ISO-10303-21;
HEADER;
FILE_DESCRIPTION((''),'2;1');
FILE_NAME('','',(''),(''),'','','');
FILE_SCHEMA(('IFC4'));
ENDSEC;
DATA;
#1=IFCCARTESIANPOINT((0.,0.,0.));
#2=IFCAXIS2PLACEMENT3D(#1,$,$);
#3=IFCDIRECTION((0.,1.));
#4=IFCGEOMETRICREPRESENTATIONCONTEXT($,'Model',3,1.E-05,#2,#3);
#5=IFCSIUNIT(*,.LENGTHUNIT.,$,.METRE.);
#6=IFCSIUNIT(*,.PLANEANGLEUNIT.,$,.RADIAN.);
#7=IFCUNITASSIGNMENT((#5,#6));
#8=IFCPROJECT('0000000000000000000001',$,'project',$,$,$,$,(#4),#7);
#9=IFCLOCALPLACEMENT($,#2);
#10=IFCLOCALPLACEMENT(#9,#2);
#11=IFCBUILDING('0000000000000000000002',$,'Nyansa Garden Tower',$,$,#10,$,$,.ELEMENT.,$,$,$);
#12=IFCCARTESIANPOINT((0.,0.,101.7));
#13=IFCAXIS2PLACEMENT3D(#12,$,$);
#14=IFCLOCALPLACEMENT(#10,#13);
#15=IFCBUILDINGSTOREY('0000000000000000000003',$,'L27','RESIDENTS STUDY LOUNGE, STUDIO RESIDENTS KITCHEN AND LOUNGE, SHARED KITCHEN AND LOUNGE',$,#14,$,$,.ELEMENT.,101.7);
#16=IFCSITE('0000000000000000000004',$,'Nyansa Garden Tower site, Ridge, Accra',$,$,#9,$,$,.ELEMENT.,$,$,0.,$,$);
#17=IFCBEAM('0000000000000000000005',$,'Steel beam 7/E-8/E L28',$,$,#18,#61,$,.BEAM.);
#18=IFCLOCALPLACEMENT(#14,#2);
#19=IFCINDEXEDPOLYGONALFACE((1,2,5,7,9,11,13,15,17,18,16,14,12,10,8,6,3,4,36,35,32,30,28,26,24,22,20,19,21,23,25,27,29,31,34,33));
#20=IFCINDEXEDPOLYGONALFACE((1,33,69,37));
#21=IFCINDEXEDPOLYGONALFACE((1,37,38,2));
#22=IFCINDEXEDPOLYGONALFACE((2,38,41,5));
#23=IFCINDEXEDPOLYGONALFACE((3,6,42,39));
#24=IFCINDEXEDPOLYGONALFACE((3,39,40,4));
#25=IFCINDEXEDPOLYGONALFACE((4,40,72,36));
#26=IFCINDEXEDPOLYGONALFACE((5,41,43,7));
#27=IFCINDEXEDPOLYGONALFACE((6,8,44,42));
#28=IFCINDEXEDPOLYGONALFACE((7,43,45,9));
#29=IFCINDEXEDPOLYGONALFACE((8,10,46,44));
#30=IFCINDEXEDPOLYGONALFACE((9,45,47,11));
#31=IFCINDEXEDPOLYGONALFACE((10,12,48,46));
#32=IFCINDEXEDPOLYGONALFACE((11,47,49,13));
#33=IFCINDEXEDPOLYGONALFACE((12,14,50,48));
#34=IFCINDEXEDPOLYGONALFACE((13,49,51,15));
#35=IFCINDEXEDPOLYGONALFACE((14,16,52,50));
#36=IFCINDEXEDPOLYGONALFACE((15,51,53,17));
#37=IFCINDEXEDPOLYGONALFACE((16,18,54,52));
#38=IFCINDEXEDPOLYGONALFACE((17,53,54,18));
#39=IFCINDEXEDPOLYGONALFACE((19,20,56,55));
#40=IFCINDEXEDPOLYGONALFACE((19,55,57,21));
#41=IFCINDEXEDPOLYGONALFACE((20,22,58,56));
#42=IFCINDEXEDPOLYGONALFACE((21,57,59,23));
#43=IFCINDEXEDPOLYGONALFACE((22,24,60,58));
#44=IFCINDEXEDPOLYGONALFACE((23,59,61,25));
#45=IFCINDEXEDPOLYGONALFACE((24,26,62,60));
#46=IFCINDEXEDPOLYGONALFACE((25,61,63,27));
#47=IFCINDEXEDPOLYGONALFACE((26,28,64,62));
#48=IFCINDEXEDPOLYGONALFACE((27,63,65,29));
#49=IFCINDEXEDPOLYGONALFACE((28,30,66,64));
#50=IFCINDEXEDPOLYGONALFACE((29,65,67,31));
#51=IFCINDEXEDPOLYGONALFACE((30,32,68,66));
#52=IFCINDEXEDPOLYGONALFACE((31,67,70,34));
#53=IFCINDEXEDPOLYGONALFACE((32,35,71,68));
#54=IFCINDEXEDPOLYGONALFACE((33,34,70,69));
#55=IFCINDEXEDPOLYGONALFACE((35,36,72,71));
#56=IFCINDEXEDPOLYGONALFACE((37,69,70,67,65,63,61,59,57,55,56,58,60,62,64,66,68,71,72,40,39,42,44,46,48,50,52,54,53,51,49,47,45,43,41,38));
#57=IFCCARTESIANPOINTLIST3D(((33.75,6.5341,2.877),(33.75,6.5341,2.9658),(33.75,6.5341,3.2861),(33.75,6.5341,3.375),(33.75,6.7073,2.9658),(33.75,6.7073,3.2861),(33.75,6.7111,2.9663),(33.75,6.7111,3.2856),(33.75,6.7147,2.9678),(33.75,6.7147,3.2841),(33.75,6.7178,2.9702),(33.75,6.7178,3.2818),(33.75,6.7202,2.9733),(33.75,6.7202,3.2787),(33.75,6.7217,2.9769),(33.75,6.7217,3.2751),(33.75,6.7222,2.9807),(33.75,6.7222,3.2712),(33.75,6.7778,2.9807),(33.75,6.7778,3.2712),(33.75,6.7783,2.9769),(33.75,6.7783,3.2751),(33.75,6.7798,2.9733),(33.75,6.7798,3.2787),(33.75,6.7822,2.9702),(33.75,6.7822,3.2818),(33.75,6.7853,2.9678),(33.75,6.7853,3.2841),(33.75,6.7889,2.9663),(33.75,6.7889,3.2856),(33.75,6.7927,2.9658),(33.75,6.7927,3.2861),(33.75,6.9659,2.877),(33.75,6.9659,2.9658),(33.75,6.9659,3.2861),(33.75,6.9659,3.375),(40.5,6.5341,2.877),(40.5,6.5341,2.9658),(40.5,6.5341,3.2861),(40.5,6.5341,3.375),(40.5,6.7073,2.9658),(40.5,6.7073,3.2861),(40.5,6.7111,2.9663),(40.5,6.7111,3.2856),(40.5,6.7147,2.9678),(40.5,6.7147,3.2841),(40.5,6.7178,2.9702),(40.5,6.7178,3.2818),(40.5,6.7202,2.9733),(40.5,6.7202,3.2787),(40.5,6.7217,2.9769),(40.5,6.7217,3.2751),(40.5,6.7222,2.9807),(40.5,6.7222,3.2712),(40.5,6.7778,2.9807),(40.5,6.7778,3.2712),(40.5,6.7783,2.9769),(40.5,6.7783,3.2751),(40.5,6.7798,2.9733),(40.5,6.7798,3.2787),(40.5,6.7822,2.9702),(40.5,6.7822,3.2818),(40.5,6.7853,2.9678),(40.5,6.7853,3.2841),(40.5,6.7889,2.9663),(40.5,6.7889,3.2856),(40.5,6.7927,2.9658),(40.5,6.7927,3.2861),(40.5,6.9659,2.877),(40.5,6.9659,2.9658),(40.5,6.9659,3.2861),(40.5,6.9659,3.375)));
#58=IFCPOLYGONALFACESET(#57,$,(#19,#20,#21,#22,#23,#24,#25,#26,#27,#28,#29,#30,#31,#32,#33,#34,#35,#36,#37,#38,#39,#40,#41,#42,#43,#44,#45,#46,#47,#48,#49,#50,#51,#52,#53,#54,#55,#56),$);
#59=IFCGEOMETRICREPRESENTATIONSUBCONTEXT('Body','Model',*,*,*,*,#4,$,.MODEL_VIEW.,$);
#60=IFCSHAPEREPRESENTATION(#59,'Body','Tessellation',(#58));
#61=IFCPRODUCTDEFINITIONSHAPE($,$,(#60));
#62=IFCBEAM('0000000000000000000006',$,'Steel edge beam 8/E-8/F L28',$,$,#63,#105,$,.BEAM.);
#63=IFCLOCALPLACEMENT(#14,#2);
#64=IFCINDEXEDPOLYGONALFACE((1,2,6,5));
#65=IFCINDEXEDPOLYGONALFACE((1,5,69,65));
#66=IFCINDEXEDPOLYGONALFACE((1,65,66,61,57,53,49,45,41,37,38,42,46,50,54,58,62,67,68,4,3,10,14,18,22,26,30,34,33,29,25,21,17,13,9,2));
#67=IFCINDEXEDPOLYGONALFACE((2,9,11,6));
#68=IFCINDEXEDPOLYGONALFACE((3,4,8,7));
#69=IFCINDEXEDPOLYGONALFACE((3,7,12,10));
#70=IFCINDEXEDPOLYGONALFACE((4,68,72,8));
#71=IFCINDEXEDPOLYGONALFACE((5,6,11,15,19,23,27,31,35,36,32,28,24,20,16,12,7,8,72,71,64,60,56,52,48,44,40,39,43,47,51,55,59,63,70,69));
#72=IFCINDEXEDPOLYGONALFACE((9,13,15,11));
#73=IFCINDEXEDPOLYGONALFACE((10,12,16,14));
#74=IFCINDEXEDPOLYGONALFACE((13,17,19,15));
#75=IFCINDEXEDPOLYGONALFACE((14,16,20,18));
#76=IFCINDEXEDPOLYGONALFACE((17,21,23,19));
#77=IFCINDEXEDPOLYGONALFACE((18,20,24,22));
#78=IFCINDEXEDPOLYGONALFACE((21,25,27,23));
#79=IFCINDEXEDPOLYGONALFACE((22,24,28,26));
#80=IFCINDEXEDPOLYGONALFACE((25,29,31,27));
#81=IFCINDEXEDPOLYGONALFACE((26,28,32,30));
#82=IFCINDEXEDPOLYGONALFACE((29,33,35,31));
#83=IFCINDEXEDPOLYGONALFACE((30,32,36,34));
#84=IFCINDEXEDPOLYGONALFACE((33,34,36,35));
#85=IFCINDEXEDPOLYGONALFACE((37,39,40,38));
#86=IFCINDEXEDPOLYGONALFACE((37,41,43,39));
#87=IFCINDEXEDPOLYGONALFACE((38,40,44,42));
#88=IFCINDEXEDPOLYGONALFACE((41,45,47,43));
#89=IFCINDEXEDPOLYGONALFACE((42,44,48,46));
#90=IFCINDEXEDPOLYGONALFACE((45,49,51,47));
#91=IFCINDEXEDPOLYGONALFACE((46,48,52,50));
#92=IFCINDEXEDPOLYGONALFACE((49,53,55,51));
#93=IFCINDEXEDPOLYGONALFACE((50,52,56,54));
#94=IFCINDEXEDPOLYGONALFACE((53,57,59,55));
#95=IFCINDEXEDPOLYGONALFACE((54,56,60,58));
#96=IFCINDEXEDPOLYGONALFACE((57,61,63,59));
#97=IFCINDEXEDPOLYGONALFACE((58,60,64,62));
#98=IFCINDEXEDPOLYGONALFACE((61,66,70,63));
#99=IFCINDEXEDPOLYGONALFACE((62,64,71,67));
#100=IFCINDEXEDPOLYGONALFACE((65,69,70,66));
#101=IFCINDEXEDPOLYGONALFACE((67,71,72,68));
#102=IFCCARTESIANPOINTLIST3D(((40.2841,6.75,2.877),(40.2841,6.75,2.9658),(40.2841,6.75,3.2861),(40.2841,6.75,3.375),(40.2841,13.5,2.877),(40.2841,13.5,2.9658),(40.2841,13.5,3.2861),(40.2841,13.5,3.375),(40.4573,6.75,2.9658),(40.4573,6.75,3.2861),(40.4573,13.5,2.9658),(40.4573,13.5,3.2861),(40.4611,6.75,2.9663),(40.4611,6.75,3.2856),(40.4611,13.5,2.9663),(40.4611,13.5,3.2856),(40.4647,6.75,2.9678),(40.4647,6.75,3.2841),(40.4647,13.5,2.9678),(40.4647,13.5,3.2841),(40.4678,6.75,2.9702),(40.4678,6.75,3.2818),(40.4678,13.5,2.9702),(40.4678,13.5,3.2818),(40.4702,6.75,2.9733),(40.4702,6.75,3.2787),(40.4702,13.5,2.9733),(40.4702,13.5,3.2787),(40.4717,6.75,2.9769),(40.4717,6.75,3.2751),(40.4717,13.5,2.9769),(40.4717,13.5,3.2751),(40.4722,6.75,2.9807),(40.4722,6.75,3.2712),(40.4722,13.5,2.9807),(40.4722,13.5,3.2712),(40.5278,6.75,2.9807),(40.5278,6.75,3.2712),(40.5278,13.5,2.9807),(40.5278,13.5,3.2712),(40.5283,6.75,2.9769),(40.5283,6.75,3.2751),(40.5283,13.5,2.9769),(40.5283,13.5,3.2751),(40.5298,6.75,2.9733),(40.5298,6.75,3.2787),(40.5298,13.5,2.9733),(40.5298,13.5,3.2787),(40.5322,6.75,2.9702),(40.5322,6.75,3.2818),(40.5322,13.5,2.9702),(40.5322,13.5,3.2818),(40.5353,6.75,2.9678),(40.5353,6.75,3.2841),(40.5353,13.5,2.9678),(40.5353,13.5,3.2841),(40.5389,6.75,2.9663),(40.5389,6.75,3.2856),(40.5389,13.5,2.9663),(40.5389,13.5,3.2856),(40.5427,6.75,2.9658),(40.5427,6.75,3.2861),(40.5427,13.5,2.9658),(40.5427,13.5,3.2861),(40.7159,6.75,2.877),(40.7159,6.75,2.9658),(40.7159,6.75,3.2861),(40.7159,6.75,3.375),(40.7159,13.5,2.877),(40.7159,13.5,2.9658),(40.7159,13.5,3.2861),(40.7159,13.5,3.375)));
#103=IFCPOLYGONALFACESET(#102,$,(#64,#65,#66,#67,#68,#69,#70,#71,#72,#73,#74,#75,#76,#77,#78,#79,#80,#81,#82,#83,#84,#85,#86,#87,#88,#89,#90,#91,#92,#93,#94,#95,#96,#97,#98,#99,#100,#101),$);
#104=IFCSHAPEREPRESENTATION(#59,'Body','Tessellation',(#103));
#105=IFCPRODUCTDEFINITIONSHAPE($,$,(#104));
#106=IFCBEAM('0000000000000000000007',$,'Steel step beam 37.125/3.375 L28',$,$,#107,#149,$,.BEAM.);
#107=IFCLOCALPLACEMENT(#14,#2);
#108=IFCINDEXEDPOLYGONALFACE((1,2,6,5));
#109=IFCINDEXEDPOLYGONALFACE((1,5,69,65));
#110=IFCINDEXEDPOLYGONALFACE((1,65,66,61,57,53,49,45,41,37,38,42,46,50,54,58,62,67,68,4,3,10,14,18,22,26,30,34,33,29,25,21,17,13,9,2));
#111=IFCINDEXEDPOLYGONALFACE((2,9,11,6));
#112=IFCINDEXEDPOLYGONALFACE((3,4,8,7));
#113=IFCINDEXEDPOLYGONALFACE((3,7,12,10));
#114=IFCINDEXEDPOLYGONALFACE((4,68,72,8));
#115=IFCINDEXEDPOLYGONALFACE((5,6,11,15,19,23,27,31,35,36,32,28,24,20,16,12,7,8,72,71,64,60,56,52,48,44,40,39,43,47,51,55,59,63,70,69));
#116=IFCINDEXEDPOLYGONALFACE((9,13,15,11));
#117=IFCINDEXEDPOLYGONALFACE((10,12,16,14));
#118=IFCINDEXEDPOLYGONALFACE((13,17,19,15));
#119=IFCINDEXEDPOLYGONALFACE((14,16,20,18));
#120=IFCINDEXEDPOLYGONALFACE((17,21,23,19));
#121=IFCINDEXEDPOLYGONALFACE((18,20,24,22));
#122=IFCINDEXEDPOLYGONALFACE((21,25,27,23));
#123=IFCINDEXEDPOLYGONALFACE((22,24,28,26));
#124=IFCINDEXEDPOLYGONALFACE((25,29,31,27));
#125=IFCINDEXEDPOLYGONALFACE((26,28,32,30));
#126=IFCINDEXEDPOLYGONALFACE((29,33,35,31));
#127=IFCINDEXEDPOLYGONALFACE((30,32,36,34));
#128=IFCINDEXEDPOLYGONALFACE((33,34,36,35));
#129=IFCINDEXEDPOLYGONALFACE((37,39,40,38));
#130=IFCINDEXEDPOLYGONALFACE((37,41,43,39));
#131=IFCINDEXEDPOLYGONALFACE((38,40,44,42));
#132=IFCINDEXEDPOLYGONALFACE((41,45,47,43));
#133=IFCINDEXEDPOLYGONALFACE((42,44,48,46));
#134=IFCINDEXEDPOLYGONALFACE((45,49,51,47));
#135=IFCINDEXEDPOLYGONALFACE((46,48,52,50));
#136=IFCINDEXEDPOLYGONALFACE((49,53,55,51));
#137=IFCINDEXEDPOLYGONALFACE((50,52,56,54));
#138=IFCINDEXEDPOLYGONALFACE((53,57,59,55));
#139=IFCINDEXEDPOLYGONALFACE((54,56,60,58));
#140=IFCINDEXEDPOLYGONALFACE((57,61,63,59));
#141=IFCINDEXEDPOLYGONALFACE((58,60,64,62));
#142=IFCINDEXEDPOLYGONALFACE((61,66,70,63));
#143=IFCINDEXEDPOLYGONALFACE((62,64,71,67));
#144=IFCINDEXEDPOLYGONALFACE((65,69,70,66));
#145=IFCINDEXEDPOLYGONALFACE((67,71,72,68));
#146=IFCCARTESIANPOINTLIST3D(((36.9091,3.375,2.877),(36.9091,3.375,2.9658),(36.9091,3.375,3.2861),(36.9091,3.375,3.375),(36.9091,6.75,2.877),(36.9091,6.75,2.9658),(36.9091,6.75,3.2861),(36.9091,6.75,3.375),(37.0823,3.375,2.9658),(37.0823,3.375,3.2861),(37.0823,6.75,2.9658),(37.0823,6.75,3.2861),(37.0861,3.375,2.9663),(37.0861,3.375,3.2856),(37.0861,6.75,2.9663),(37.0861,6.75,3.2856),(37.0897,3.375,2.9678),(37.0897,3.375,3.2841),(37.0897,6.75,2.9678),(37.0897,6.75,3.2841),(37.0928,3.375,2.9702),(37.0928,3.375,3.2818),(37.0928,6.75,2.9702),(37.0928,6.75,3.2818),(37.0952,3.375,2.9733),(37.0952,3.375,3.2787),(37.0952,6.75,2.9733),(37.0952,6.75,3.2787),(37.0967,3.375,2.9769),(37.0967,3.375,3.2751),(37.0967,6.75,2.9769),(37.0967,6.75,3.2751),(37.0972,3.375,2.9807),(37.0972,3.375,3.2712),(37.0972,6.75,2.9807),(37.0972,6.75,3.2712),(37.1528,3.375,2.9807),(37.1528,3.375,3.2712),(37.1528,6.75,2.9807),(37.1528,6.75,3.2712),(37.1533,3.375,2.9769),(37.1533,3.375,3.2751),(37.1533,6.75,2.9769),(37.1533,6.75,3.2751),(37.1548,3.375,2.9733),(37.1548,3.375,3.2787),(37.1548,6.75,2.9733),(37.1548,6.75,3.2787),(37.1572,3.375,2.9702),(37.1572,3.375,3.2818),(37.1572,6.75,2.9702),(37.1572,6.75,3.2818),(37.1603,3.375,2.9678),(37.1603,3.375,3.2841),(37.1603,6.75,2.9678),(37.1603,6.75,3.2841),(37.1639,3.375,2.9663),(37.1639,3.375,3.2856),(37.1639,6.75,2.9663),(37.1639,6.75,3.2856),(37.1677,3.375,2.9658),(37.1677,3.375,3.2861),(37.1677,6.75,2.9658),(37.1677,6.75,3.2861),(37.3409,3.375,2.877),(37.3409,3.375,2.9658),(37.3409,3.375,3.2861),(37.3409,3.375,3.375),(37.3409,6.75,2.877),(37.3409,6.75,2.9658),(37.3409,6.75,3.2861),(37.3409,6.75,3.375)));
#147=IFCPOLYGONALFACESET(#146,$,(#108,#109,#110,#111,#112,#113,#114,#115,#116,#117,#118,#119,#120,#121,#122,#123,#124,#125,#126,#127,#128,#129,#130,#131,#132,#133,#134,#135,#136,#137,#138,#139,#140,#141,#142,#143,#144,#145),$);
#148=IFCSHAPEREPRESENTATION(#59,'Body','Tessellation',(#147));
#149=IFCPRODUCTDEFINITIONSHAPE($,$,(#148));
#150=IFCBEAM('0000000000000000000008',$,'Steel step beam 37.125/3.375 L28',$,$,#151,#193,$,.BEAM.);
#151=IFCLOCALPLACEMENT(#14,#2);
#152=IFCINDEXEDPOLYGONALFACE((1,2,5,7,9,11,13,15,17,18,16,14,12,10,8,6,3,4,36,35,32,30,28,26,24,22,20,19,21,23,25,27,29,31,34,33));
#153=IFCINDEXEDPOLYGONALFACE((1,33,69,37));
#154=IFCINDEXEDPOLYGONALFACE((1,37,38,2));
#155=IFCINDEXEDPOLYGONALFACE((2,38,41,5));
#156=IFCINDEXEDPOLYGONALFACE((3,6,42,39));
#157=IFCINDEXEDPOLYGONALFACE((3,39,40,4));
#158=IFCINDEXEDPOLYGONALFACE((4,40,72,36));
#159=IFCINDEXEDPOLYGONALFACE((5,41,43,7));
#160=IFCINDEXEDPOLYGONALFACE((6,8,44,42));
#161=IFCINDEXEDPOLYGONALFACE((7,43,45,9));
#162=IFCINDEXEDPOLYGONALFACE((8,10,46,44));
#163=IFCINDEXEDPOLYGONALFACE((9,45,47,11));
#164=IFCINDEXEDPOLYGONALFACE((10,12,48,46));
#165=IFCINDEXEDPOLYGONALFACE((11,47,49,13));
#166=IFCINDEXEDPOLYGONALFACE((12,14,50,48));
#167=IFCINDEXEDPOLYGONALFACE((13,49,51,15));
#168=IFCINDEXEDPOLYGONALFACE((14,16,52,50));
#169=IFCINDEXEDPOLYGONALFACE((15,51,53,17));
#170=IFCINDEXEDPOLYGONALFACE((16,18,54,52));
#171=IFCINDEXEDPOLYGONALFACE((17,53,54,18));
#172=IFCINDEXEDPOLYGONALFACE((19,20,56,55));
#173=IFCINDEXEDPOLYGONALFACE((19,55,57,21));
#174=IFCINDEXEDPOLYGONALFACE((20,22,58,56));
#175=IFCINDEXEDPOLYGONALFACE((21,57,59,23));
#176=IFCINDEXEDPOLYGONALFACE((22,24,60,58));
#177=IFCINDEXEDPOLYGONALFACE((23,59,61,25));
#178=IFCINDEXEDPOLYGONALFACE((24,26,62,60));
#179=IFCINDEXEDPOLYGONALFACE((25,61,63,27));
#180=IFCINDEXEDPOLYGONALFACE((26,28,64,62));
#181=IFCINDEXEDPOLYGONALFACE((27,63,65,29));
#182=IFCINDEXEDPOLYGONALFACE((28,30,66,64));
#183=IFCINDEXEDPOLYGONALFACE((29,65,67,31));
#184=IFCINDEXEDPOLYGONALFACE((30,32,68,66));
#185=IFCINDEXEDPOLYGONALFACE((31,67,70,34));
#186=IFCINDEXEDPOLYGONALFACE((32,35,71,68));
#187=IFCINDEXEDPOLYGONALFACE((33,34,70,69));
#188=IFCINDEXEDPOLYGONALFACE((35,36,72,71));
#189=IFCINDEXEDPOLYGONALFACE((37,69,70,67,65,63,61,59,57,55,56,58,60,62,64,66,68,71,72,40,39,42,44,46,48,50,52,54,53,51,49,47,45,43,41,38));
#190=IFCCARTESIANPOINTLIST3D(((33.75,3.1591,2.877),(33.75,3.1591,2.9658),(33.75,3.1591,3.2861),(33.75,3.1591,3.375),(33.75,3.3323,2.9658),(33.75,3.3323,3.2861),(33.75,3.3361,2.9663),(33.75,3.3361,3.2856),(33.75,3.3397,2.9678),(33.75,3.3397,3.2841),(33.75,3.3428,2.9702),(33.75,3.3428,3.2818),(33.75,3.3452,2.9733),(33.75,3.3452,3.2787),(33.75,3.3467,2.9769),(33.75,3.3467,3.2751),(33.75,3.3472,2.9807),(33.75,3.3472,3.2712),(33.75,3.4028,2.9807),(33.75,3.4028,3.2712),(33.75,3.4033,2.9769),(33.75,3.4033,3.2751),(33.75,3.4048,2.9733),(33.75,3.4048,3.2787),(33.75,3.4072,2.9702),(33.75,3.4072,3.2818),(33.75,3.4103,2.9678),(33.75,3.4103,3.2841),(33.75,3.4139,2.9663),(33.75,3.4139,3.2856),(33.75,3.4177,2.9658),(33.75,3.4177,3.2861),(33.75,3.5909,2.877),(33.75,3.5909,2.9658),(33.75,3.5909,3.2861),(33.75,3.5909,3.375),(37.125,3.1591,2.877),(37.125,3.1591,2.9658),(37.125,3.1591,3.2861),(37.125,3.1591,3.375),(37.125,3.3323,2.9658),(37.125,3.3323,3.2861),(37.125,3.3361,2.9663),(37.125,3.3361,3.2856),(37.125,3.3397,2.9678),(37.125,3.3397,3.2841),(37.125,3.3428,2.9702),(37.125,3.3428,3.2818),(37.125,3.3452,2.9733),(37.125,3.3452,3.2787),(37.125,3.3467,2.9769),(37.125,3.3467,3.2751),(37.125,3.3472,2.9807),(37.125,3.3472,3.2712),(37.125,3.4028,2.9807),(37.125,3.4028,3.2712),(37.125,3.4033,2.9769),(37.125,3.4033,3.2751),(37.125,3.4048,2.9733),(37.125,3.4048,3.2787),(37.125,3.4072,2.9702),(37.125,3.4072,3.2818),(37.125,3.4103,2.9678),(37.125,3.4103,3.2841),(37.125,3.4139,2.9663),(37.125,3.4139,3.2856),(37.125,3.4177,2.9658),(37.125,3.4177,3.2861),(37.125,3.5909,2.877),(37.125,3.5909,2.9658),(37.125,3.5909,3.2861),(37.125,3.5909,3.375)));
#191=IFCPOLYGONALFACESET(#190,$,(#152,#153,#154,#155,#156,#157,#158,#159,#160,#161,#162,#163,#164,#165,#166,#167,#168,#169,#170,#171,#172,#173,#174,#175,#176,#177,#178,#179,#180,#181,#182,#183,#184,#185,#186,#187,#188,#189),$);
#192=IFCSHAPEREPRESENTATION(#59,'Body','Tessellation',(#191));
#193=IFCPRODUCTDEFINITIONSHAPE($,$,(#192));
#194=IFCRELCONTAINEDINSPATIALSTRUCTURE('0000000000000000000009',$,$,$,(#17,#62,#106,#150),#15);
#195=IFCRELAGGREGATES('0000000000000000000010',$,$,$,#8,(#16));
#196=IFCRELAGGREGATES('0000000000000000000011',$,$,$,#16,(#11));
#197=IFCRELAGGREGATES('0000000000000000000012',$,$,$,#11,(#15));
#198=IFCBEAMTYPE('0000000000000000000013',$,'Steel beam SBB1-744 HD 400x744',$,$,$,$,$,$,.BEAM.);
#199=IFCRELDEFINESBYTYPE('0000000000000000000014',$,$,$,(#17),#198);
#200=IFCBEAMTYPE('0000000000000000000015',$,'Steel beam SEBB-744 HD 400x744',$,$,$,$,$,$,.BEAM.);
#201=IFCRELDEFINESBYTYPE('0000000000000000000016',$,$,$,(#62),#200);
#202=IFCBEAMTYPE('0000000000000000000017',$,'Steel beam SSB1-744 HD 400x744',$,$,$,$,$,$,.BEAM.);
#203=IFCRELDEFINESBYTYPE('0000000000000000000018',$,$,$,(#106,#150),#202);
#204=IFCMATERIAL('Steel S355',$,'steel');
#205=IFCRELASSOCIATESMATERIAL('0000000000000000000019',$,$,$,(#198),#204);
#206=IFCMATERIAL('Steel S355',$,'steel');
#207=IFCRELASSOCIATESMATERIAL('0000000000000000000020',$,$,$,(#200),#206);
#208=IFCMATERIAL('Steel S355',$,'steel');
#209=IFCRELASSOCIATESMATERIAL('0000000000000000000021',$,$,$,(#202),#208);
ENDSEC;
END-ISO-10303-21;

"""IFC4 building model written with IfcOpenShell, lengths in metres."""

from ifc_helpers import new_model, si_unit, direction, frame, origin, origin_2d, place, context, subcontext, project, spatial, i_section, extrude, material, material_profile, profile_set, type_object, element, save


model = new_model("IFC4")

# Units and contexts
model_context = context("Model", 3, precision=1e-05, world=origin(), true_north=direction((0.0, 1.0)))
body_context = subcontext(model_context, "Body", "Model", "MODEL_VIEW")
ifc_project = project(units=[si_unit("LENGTHUNIT", "METRE"), si_unit("PLANEANGLEUNIT", "RADIAN")], contexts=[model_context])

# Site, building, storey
site_placement = place(None, origin())
site = spatial("IfcSite", under=ifc_project, at=site_placement, Name="Nyansa Garden Tower site, Ridge, Accra", CompositionType="ELEMENT", RefElevation=0.0)
building_placement = place(site_placement, origin())
building = spatial("IfcBuilding", under=site, at=building_placement, Name="Nyansa Garden Tower", CompositionType="ELEMENT")
storey_placement = place(building_placement, frame((0.0, 0.0, 101.7)))
storey = spatial("IfcBuildingStorey", under=building, at=storey_placement, Name="L27", Description="RESIDENTS STUDY LOUNGE, STUDIO RESIDENTS KITCHEN AND LOUNGE, SHARED KITCHEN AND LOUNGE", CompositionType="ELEMENT", Elevation=101.7)

# Beams
ifc_material_1 = material(Name="Steel S355", Category="steel")
ifc_material_profile_1 = material_profile(ifc_material_1, i_section(OverallWidth=0.4319, OverallDepth=0.498, WebThickness=0.0557, FlangeThickness=0.0889, FilletRadius=0.0149, at=origin_2d()), Name="HD 400x744")
ifc_profile_set_1 = profile_set([ifc_material_profile_1], Name="Steel S355")
beam_type_1 = type_object("IfcBeamType", Name="Steel beam SBB1-744 HD 400x744", PredefinedType="BEAM", material=ifc_profile_set_1)
for number, where, z_axis, x_axis, name in (
    (1, (33.75, 6.75, 3.126), (1.0, 0.0, 0.0), (0.0, 1.0, 0.0), "Steel beam 7/E-8/E L28"),
):
    element("IfcBeam", number, at=place(storey_placement, frame(where, z_axis=z_axis, x_axis=x_axis)), inside=storey, type_object=beam_type_1, Name=name, PredefinedType="BEAM", context=body_context, shape_type="SweptSolid", body=[
        extrude(i_section(OverallWidth=0.4319, OverallDepth=0.498, WebThickness=0.0557, FlangeThickness=0.0889, FilletRadius=0.0149, at=origin_2d()), origin(), (0.0, 0.0, 1.0), 6.75),
    ])
ifc_material_2 = material(Name="Steel S355", Category="steel")
ifc_material_profile_2 = material_profile(ifc_material_2, i_section(OverallWidth=0.4319, OverallDepth=0.498, WebThickness=0.0557, FlangeThickness=0.0889, FilletRadius=0.0149, at=origin_2d()), Name="HD 400x744")
ifc_profile_set_2 = profile_set([ifc_material_profile_2], Name="Steel S355")
beam_type_2 = type_object("IfcBeamType", Name="Steel beam SEBB-744 HD 400x744", PredefinedType="BEAM", material=ifc_profile_set_2)
beam_placement = place(storey_placement, frame((40.5, 6.75, 3.126), z_axis=(0.0, 1.0, 0.0), x_axis=(-1.0, 0.0, 0.0)))
element("IfcBeam", 2, at=beam_placement, inside=storey, type_object=beam_type_2, Name="Steel edge beam 8/E-8/F L28", PredefinedType="BEAM", context=body_context, shape_type="SweptSolid", body=[
    extrude(i_section(OverallWidth=0.4319, OverallDepth=0.498, WebThickness=0.0557, FlangeThickness=0.0889, FilletRadius=0.0149, at=origin_2d()), origin(), (0.0, 0.0, 1.0), 6.75),
])
ifc_material_3 = material(Name="Steel S355", Category="steel")
ifc_material_profile_3 = material_profile(ifc_material_3, i_section(OverallWidth=0.4319, OverallDepth=0.498, WebThickness=0.0557, FlangeThickness=0.0889, FilletRadius=0.0149, at=origin_2d()), Name="HD 400x744")
ifc_profile_set_3 = profile_set([ifc_material_profile_3], Name="Steel S355")
beam_type_3 = type_object("IfcBeamType", Name="Steel beam SSB1-744 HD 400x744", PredefinedType="BEAM", material=ifc_profile_set_3)
for number, where, z_axis, x_axis, name in (
    (3, (37.125, 3.375, 3.126), (0.0, 1.0, 0.0), (-1.0, 0.0, 0.0), "Steel step beam 37.125/3.375 L28"),
    (4, (37.125, 3.375, 3.126), (-1.0, 0.0, 0.0), (0.0, -1.0, 0.0), "Steel step beam 37.125/3.375 L28"),
):
    element("IfcBeam", number, at=place(storey_placement, frame(where, z_axis=z_axis, x_axis=x_axis)), inside=storey, type_object=beam_type_3, Name=name, PredefinedType="BEAM", context=body_context, shape_type="SweptSolid", body=[
        extrude(i_section(OverallWidth=0.4319, OverallDepth=0.498, WebThickness=0.0557, FlangeThickness=0.0889, FilletRadius=0.0149, at=origin_2d()), origin(), (0.0, 0.0, 1.0), 3.375),
    ])

save(model, "model.ifc")
